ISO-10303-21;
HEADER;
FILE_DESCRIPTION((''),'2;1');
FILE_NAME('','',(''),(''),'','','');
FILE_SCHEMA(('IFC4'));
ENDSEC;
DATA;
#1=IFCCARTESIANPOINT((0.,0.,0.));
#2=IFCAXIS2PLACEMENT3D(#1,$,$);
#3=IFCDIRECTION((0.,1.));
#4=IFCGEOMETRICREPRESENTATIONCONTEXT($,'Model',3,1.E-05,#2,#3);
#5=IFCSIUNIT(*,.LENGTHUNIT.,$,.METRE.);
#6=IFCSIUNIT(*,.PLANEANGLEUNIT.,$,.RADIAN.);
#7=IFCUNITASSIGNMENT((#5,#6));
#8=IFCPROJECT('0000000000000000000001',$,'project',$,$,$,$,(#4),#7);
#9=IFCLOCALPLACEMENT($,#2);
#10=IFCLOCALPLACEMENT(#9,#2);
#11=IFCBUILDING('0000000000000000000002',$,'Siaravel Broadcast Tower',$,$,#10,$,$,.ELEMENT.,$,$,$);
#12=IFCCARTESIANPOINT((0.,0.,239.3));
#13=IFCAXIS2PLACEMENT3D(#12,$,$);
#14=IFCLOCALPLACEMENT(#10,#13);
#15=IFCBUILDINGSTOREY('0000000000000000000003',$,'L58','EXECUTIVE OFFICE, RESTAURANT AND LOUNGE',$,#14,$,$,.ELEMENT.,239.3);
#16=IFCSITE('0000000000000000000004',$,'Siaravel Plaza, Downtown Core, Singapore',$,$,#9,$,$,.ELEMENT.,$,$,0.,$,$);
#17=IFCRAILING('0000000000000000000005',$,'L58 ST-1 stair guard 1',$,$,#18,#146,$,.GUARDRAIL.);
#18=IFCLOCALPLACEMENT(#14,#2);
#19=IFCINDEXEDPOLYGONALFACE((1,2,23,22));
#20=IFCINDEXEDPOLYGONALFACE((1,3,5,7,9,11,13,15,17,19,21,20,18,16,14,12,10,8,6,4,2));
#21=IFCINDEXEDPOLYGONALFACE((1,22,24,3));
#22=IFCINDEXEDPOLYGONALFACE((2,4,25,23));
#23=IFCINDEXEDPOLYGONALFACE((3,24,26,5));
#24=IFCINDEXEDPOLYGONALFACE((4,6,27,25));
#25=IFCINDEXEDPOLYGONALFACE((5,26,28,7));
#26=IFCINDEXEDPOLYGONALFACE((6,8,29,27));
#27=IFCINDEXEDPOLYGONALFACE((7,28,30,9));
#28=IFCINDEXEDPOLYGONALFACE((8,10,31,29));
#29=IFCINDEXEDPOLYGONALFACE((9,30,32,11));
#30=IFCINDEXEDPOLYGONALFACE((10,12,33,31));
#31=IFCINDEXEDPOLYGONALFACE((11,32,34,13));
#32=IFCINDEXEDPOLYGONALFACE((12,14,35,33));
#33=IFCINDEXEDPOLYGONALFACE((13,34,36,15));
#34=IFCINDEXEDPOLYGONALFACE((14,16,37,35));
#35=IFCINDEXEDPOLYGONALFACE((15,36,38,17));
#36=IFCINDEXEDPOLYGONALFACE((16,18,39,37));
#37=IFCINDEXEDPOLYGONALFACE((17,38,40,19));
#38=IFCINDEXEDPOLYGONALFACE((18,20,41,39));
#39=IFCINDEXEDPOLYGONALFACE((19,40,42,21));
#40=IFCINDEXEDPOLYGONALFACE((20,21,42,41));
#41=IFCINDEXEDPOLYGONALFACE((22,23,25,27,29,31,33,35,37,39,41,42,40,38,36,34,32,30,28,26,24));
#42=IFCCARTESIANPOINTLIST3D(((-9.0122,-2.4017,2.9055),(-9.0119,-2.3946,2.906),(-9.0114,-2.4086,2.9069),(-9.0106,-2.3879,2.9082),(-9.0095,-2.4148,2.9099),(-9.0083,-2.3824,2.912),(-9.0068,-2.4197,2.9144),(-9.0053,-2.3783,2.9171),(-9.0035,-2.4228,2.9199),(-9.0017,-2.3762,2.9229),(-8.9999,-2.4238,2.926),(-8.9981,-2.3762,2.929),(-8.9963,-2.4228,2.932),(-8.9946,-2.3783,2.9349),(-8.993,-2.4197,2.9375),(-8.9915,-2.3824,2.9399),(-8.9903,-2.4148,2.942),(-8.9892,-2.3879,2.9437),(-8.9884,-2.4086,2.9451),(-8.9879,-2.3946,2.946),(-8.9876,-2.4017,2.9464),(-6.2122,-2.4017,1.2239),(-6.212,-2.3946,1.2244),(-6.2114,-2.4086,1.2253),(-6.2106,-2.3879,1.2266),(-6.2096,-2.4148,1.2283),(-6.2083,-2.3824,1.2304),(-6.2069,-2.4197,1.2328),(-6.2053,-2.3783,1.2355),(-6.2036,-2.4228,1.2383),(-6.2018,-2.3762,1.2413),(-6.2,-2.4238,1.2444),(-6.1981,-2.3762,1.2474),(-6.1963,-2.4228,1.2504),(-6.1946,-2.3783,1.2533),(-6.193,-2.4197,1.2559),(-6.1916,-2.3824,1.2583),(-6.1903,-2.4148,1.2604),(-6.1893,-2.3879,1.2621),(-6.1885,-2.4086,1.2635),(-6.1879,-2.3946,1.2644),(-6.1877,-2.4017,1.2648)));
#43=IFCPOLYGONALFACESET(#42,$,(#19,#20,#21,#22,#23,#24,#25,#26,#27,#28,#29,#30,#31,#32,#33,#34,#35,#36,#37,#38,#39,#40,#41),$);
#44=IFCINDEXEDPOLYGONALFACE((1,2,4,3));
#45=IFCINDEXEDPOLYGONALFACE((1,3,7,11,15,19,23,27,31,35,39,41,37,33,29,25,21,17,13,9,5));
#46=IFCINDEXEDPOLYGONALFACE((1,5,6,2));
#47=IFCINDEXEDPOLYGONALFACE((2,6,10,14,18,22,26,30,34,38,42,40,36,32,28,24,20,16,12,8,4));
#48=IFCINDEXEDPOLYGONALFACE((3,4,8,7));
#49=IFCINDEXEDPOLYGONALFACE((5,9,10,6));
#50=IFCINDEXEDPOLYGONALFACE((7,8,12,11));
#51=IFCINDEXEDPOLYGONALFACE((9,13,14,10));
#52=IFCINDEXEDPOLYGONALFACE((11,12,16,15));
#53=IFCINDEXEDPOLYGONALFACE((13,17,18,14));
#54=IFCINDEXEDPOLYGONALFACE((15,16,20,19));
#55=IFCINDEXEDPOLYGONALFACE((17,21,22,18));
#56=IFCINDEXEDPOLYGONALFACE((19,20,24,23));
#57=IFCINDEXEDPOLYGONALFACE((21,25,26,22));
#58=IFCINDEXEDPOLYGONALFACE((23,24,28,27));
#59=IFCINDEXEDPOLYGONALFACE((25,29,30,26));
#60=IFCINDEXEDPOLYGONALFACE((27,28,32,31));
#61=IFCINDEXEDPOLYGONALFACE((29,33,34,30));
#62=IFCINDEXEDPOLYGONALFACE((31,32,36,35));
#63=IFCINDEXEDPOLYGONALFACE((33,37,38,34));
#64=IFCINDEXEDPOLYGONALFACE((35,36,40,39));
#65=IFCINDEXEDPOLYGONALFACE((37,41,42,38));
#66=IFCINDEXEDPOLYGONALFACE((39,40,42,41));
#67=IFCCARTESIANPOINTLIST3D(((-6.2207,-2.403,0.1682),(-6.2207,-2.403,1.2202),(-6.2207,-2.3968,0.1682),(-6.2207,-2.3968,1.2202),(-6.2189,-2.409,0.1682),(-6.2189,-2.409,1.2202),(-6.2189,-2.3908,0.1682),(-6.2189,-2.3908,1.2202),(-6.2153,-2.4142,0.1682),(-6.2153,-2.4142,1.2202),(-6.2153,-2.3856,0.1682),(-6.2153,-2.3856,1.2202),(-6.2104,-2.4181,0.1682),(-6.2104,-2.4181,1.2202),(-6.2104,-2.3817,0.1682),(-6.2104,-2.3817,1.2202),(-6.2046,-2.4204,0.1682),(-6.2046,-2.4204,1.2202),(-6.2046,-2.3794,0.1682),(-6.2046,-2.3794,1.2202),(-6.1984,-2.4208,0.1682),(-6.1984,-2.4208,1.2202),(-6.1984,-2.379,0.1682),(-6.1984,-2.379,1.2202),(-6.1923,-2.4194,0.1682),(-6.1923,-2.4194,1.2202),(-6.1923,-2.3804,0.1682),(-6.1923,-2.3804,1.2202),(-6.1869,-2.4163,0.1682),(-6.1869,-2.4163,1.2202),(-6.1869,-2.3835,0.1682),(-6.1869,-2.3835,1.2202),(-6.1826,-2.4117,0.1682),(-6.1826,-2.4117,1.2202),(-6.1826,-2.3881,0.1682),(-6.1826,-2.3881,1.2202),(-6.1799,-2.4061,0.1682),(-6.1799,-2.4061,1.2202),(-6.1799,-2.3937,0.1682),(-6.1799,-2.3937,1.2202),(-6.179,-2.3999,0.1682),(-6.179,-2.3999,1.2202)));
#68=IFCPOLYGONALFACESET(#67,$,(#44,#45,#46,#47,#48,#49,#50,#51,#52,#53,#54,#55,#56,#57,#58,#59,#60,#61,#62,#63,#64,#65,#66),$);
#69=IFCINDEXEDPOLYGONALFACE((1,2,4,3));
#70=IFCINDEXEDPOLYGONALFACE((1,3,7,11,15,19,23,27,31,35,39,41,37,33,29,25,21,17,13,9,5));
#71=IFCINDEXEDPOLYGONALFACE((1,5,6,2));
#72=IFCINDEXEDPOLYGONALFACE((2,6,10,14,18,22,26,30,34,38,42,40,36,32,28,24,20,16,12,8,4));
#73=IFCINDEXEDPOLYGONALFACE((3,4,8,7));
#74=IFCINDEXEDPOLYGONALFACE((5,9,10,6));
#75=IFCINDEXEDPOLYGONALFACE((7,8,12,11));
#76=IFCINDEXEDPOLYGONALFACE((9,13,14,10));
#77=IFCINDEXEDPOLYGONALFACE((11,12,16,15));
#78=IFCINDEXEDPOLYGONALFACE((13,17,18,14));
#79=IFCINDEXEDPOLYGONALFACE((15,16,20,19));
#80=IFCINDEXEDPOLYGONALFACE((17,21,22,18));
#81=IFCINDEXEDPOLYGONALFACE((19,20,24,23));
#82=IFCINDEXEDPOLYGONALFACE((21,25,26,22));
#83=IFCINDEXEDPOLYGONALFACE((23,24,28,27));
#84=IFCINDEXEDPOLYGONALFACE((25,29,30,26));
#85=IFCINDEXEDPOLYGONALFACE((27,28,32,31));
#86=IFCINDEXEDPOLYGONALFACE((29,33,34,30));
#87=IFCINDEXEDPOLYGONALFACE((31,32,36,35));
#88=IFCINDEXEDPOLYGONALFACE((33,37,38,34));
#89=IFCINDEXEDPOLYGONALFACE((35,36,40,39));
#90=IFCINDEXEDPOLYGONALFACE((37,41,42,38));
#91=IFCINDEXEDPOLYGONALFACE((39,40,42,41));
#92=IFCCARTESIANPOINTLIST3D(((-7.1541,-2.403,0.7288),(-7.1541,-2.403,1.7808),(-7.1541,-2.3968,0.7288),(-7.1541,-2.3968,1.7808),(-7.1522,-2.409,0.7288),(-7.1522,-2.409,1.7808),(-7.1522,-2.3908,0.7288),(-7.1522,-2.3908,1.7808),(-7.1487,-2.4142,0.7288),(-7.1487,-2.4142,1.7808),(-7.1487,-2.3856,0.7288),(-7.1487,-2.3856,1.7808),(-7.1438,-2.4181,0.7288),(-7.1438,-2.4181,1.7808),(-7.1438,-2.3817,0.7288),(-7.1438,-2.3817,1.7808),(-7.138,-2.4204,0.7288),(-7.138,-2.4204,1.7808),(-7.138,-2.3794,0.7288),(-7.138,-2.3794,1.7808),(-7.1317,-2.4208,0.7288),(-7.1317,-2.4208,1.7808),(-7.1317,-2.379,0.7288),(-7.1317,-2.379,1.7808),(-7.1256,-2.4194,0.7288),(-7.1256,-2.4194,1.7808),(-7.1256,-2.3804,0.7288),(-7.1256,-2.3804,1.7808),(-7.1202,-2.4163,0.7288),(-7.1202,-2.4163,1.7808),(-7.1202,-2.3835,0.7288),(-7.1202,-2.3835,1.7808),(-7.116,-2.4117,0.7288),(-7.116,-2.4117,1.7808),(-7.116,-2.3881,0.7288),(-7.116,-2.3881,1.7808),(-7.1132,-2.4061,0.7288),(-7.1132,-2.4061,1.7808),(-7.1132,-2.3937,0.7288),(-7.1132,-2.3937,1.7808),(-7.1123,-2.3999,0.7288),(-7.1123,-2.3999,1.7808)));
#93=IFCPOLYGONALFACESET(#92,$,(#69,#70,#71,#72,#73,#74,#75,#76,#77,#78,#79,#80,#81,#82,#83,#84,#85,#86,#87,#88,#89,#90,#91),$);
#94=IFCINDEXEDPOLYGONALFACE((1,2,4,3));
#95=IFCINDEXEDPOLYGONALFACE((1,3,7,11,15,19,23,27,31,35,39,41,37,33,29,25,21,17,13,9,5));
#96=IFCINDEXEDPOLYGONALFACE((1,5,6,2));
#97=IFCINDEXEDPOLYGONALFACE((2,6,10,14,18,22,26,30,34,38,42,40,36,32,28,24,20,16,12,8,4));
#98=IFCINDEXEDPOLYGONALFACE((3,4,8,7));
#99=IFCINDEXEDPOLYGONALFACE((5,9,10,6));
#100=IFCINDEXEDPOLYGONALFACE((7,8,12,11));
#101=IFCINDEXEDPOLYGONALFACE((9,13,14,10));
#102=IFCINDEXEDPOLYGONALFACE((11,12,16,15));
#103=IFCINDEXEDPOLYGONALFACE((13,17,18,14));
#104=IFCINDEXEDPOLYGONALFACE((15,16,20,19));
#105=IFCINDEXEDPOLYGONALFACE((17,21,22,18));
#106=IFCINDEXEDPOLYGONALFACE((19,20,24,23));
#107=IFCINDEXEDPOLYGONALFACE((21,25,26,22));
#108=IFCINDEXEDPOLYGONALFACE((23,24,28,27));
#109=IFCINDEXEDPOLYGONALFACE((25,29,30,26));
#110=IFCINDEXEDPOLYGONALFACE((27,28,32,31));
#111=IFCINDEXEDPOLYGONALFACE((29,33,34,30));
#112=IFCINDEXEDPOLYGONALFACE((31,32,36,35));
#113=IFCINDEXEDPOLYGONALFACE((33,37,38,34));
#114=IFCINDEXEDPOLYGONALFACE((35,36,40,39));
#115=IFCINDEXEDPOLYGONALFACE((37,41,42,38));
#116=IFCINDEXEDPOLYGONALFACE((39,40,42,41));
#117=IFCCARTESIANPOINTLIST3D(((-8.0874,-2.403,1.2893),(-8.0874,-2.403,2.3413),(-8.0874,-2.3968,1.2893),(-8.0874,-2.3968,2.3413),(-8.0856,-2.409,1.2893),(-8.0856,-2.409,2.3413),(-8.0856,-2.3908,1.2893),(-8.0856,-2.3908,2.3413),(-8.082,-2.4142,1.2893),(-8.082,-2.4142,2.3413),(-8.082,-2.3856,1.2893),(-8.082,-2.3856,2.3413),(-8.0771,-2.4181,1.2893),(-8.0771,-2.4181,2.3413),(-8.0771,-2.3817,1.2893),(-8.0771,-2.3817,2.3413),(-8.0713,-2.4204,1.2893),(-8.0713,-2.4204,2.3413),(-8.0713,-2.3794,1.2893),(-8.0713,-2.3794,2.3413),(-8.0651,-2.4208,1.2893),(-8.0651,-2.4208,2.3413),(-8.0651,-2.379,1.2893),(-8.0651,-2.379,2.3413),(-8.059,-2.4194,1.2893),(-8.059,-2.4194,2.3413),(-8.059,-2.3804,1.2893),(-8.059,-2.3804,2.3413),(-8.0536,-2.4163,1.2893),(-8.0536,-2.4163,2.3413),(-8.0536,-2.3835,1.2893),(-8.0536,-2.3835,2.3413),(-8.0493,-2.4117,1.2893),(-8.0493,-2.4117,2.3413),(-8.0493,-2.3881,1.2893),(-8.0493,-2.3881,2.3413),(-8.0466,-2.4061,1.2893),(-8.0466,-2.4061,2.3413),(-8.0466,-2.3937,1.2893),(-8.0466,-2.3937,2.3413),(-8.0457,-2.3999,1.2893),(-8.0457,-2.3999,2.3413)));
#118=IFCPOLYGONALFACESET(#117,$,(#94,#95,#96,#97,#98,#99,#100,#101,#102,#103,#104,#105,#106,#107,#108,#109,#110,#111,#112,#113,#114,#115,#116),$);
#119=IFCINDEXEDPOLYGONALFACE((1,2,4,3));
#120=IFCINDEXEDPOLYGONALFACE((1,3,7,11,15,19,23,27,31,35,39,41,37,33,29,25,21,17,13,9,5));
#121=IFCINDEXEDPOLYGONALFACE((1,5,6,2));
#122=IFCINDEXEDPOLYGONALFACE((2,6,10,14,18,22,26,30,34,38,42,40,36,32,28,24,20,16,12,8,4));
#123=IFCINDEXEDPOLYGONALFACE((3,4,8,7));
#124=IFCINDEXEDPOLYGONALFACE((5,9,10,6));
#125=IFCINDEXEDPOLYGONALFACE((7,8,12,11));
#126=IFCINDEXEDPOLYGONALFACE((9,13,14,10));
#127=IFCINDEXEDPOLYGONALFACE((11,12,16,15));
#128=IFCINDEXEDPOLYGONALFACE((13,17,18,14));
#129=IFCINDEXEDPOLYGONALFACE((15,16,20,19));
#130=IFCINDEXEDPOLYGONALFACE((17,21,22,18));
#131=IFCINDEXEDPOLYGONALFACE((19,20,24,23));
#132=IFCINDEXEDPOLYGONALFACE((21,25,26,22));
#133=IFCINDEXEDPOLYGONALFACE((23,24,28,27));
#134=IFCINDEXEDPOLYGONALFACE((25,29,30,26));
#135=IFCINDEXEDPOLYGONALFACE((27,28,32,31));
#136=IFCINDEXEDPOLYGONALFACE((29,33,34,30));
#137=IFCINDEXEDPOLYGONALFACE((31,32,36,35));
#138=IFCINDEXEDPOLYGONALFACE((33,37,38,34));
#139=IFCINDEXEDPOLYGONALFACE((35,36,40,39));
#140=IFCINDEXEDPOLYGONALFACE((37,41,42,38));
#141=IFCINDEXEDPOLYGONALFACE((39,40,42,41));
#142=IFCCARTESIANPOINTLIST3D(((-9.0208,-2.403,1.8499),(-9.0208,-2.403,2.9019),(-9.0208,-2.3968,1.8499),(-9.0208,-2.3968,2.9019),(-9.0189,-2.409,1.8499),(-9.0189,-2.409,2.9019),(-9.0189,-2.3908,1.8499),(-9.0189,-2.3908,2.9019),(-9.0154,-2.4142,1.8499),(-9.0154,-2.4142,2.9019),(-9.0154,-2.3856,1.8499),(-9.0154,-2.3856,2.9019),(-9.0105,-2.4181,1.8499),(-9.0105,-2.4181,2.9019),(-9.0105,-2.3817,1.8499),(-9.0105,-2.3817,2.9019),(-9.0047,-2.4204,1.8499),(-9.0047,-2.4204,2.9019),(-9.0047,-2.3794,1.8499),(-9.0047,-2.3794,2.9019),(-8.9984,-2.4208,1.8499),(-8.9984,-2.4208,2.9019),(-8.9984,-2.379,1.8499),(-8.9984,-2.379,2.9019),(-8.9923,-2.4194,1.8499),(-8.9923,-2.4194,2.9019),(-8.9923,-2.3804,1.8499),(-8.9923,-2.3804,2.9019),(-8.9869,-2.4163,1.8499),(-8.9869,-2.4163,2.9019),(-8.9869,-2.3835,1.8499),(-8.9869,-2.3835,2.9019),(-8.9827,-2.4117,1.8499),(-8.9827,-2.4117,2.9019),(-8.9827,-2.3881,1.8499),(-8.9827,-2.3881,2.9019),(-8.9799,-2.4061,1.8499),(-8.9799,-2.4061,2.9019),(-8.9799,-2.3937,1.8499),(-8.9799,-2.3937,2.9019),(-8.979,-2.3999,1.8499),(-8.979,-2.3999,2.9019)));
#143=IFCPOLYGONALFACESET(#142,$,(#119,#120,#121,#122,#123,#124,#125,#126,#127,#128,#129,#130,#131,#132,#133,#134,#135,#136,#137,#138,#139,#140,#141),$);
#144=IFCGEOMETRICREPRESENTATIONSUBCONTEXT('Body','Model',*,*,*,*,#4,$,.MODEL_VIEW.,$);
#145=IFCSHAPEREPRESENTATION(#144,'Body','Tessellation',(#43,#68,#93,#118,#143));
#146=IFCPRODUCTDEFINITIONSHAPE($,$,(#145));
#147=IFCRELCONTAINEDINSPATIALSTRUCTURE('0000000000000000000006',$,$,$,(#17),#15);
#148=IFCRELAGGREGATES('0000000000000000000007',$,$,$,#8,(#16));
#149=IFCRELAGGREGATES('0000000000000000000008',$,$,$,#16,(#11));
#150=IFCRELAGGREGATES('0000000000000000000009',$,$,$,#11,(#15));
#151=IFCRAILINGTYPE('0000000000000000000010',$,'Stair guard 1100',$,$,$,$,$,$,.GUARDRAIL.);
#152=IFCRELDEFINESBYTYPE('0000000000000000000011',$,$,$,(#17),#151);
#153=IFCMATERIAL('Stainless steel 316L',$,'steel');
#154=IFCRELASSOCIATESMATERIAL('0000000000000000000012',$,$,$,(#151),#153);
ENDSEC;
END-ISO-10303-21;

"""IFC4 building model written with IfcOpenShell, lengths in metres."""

from ifc_helpers import new_model, si_unit, direction, frame, origin, origin_2d, place, context, subcontext, project, spatial, circle, extrude, material, type_object, element, save


model = new_model("IFC4")

# Units and contexts
model_context = context("Model", 3, precision=1e-05, world=origin(), true_north=direction((0.0, 1.0)))
body_context = subcontext(model_context, "Body", "Model", "MODEL_VIEW")
ifc_project = project(units=[si_unit("LENGTHUNIT", "METRE"), si_unit("PLANEANGLEUNIT", "RADIAN")], contexts=[model_context])

# Site, building, storey
site_placement = place(None, origin())
site = spatial("IfcSite", under=ifc_project, at=site_placement, Name="Siaravel Plaza, Downtown Core, Singapore", CompositionType="ELEMENT", RefElevation=0.0)
building_placement = place(site_placement, origin())
building = spatial("IfcBuilding", under=site, at=building_placement, Name="Siaravel Broadcast Tower", CompositionType="ELEMENT")
storey_placement = place(building_placement, frame((0.0, 0.0, 239.3)))
storey = spatial("IfcBuildingStorey", under=building, at=storey_placement, Name="L58", Description="EXECUTIVE OFFICE, RESTAURANT AND LOUNGE", CompositionType="ELEMENT", Elevation=239.3)

# Shared definitions
ifc_material_1 = material(Name="Stainless steel 316L", Category="steel")

# Railing
railing_type_1 = type_object("IfcRailingType", Name="Stair guard 1100", PredefinedType="GUARDRAIL", material=ifc_material_1)
railing_1_placement = place(storey_placement, frame((-6.2, -2.3999, 0.1682)))
element("IfcRailing", 1, at=railing_1_placement, inside=storey, type_object=railing_type_1, Name="L58 ST-1 stair guard 1", PredefinedType="GUARDRAIL", context=body_context, shape_type="SweptSolid", body=[
    extrude(circle(Radius=0.0239, at=origin_2d()), frame((0.0, 0.0, 1.0762), z_axis=(-0.857275, 0.0, 0.514858), x_axis=(0.0, -1.0, 0.0)), (0.0, 0.0, 1.0), 3.2661),
    extrude(circle(Radius=0.021, at=origin_2d()), origin(), (0.0, 0.0, 1.0), 1.052),
    extrude(circle(Radius=0.021, at=origin_2d()), frame((-0.9333, 0.0, 0.5605)), (0.0, 0.0, 1.0), 1.052),
    extrude(circle(Radius=0.021, at=origin_2d()), frame((-1.8667, 0.0, 1.1211)), (0.0, 0.0, 1.0), 1.052),
    extrude(circle(Radius=0.021, at=origin_2d()), frame((-2.8, 0.0, 1.6816)), (0.0, 0.0, 1.0), 1.052),
])

save(model, "model.ifc")
